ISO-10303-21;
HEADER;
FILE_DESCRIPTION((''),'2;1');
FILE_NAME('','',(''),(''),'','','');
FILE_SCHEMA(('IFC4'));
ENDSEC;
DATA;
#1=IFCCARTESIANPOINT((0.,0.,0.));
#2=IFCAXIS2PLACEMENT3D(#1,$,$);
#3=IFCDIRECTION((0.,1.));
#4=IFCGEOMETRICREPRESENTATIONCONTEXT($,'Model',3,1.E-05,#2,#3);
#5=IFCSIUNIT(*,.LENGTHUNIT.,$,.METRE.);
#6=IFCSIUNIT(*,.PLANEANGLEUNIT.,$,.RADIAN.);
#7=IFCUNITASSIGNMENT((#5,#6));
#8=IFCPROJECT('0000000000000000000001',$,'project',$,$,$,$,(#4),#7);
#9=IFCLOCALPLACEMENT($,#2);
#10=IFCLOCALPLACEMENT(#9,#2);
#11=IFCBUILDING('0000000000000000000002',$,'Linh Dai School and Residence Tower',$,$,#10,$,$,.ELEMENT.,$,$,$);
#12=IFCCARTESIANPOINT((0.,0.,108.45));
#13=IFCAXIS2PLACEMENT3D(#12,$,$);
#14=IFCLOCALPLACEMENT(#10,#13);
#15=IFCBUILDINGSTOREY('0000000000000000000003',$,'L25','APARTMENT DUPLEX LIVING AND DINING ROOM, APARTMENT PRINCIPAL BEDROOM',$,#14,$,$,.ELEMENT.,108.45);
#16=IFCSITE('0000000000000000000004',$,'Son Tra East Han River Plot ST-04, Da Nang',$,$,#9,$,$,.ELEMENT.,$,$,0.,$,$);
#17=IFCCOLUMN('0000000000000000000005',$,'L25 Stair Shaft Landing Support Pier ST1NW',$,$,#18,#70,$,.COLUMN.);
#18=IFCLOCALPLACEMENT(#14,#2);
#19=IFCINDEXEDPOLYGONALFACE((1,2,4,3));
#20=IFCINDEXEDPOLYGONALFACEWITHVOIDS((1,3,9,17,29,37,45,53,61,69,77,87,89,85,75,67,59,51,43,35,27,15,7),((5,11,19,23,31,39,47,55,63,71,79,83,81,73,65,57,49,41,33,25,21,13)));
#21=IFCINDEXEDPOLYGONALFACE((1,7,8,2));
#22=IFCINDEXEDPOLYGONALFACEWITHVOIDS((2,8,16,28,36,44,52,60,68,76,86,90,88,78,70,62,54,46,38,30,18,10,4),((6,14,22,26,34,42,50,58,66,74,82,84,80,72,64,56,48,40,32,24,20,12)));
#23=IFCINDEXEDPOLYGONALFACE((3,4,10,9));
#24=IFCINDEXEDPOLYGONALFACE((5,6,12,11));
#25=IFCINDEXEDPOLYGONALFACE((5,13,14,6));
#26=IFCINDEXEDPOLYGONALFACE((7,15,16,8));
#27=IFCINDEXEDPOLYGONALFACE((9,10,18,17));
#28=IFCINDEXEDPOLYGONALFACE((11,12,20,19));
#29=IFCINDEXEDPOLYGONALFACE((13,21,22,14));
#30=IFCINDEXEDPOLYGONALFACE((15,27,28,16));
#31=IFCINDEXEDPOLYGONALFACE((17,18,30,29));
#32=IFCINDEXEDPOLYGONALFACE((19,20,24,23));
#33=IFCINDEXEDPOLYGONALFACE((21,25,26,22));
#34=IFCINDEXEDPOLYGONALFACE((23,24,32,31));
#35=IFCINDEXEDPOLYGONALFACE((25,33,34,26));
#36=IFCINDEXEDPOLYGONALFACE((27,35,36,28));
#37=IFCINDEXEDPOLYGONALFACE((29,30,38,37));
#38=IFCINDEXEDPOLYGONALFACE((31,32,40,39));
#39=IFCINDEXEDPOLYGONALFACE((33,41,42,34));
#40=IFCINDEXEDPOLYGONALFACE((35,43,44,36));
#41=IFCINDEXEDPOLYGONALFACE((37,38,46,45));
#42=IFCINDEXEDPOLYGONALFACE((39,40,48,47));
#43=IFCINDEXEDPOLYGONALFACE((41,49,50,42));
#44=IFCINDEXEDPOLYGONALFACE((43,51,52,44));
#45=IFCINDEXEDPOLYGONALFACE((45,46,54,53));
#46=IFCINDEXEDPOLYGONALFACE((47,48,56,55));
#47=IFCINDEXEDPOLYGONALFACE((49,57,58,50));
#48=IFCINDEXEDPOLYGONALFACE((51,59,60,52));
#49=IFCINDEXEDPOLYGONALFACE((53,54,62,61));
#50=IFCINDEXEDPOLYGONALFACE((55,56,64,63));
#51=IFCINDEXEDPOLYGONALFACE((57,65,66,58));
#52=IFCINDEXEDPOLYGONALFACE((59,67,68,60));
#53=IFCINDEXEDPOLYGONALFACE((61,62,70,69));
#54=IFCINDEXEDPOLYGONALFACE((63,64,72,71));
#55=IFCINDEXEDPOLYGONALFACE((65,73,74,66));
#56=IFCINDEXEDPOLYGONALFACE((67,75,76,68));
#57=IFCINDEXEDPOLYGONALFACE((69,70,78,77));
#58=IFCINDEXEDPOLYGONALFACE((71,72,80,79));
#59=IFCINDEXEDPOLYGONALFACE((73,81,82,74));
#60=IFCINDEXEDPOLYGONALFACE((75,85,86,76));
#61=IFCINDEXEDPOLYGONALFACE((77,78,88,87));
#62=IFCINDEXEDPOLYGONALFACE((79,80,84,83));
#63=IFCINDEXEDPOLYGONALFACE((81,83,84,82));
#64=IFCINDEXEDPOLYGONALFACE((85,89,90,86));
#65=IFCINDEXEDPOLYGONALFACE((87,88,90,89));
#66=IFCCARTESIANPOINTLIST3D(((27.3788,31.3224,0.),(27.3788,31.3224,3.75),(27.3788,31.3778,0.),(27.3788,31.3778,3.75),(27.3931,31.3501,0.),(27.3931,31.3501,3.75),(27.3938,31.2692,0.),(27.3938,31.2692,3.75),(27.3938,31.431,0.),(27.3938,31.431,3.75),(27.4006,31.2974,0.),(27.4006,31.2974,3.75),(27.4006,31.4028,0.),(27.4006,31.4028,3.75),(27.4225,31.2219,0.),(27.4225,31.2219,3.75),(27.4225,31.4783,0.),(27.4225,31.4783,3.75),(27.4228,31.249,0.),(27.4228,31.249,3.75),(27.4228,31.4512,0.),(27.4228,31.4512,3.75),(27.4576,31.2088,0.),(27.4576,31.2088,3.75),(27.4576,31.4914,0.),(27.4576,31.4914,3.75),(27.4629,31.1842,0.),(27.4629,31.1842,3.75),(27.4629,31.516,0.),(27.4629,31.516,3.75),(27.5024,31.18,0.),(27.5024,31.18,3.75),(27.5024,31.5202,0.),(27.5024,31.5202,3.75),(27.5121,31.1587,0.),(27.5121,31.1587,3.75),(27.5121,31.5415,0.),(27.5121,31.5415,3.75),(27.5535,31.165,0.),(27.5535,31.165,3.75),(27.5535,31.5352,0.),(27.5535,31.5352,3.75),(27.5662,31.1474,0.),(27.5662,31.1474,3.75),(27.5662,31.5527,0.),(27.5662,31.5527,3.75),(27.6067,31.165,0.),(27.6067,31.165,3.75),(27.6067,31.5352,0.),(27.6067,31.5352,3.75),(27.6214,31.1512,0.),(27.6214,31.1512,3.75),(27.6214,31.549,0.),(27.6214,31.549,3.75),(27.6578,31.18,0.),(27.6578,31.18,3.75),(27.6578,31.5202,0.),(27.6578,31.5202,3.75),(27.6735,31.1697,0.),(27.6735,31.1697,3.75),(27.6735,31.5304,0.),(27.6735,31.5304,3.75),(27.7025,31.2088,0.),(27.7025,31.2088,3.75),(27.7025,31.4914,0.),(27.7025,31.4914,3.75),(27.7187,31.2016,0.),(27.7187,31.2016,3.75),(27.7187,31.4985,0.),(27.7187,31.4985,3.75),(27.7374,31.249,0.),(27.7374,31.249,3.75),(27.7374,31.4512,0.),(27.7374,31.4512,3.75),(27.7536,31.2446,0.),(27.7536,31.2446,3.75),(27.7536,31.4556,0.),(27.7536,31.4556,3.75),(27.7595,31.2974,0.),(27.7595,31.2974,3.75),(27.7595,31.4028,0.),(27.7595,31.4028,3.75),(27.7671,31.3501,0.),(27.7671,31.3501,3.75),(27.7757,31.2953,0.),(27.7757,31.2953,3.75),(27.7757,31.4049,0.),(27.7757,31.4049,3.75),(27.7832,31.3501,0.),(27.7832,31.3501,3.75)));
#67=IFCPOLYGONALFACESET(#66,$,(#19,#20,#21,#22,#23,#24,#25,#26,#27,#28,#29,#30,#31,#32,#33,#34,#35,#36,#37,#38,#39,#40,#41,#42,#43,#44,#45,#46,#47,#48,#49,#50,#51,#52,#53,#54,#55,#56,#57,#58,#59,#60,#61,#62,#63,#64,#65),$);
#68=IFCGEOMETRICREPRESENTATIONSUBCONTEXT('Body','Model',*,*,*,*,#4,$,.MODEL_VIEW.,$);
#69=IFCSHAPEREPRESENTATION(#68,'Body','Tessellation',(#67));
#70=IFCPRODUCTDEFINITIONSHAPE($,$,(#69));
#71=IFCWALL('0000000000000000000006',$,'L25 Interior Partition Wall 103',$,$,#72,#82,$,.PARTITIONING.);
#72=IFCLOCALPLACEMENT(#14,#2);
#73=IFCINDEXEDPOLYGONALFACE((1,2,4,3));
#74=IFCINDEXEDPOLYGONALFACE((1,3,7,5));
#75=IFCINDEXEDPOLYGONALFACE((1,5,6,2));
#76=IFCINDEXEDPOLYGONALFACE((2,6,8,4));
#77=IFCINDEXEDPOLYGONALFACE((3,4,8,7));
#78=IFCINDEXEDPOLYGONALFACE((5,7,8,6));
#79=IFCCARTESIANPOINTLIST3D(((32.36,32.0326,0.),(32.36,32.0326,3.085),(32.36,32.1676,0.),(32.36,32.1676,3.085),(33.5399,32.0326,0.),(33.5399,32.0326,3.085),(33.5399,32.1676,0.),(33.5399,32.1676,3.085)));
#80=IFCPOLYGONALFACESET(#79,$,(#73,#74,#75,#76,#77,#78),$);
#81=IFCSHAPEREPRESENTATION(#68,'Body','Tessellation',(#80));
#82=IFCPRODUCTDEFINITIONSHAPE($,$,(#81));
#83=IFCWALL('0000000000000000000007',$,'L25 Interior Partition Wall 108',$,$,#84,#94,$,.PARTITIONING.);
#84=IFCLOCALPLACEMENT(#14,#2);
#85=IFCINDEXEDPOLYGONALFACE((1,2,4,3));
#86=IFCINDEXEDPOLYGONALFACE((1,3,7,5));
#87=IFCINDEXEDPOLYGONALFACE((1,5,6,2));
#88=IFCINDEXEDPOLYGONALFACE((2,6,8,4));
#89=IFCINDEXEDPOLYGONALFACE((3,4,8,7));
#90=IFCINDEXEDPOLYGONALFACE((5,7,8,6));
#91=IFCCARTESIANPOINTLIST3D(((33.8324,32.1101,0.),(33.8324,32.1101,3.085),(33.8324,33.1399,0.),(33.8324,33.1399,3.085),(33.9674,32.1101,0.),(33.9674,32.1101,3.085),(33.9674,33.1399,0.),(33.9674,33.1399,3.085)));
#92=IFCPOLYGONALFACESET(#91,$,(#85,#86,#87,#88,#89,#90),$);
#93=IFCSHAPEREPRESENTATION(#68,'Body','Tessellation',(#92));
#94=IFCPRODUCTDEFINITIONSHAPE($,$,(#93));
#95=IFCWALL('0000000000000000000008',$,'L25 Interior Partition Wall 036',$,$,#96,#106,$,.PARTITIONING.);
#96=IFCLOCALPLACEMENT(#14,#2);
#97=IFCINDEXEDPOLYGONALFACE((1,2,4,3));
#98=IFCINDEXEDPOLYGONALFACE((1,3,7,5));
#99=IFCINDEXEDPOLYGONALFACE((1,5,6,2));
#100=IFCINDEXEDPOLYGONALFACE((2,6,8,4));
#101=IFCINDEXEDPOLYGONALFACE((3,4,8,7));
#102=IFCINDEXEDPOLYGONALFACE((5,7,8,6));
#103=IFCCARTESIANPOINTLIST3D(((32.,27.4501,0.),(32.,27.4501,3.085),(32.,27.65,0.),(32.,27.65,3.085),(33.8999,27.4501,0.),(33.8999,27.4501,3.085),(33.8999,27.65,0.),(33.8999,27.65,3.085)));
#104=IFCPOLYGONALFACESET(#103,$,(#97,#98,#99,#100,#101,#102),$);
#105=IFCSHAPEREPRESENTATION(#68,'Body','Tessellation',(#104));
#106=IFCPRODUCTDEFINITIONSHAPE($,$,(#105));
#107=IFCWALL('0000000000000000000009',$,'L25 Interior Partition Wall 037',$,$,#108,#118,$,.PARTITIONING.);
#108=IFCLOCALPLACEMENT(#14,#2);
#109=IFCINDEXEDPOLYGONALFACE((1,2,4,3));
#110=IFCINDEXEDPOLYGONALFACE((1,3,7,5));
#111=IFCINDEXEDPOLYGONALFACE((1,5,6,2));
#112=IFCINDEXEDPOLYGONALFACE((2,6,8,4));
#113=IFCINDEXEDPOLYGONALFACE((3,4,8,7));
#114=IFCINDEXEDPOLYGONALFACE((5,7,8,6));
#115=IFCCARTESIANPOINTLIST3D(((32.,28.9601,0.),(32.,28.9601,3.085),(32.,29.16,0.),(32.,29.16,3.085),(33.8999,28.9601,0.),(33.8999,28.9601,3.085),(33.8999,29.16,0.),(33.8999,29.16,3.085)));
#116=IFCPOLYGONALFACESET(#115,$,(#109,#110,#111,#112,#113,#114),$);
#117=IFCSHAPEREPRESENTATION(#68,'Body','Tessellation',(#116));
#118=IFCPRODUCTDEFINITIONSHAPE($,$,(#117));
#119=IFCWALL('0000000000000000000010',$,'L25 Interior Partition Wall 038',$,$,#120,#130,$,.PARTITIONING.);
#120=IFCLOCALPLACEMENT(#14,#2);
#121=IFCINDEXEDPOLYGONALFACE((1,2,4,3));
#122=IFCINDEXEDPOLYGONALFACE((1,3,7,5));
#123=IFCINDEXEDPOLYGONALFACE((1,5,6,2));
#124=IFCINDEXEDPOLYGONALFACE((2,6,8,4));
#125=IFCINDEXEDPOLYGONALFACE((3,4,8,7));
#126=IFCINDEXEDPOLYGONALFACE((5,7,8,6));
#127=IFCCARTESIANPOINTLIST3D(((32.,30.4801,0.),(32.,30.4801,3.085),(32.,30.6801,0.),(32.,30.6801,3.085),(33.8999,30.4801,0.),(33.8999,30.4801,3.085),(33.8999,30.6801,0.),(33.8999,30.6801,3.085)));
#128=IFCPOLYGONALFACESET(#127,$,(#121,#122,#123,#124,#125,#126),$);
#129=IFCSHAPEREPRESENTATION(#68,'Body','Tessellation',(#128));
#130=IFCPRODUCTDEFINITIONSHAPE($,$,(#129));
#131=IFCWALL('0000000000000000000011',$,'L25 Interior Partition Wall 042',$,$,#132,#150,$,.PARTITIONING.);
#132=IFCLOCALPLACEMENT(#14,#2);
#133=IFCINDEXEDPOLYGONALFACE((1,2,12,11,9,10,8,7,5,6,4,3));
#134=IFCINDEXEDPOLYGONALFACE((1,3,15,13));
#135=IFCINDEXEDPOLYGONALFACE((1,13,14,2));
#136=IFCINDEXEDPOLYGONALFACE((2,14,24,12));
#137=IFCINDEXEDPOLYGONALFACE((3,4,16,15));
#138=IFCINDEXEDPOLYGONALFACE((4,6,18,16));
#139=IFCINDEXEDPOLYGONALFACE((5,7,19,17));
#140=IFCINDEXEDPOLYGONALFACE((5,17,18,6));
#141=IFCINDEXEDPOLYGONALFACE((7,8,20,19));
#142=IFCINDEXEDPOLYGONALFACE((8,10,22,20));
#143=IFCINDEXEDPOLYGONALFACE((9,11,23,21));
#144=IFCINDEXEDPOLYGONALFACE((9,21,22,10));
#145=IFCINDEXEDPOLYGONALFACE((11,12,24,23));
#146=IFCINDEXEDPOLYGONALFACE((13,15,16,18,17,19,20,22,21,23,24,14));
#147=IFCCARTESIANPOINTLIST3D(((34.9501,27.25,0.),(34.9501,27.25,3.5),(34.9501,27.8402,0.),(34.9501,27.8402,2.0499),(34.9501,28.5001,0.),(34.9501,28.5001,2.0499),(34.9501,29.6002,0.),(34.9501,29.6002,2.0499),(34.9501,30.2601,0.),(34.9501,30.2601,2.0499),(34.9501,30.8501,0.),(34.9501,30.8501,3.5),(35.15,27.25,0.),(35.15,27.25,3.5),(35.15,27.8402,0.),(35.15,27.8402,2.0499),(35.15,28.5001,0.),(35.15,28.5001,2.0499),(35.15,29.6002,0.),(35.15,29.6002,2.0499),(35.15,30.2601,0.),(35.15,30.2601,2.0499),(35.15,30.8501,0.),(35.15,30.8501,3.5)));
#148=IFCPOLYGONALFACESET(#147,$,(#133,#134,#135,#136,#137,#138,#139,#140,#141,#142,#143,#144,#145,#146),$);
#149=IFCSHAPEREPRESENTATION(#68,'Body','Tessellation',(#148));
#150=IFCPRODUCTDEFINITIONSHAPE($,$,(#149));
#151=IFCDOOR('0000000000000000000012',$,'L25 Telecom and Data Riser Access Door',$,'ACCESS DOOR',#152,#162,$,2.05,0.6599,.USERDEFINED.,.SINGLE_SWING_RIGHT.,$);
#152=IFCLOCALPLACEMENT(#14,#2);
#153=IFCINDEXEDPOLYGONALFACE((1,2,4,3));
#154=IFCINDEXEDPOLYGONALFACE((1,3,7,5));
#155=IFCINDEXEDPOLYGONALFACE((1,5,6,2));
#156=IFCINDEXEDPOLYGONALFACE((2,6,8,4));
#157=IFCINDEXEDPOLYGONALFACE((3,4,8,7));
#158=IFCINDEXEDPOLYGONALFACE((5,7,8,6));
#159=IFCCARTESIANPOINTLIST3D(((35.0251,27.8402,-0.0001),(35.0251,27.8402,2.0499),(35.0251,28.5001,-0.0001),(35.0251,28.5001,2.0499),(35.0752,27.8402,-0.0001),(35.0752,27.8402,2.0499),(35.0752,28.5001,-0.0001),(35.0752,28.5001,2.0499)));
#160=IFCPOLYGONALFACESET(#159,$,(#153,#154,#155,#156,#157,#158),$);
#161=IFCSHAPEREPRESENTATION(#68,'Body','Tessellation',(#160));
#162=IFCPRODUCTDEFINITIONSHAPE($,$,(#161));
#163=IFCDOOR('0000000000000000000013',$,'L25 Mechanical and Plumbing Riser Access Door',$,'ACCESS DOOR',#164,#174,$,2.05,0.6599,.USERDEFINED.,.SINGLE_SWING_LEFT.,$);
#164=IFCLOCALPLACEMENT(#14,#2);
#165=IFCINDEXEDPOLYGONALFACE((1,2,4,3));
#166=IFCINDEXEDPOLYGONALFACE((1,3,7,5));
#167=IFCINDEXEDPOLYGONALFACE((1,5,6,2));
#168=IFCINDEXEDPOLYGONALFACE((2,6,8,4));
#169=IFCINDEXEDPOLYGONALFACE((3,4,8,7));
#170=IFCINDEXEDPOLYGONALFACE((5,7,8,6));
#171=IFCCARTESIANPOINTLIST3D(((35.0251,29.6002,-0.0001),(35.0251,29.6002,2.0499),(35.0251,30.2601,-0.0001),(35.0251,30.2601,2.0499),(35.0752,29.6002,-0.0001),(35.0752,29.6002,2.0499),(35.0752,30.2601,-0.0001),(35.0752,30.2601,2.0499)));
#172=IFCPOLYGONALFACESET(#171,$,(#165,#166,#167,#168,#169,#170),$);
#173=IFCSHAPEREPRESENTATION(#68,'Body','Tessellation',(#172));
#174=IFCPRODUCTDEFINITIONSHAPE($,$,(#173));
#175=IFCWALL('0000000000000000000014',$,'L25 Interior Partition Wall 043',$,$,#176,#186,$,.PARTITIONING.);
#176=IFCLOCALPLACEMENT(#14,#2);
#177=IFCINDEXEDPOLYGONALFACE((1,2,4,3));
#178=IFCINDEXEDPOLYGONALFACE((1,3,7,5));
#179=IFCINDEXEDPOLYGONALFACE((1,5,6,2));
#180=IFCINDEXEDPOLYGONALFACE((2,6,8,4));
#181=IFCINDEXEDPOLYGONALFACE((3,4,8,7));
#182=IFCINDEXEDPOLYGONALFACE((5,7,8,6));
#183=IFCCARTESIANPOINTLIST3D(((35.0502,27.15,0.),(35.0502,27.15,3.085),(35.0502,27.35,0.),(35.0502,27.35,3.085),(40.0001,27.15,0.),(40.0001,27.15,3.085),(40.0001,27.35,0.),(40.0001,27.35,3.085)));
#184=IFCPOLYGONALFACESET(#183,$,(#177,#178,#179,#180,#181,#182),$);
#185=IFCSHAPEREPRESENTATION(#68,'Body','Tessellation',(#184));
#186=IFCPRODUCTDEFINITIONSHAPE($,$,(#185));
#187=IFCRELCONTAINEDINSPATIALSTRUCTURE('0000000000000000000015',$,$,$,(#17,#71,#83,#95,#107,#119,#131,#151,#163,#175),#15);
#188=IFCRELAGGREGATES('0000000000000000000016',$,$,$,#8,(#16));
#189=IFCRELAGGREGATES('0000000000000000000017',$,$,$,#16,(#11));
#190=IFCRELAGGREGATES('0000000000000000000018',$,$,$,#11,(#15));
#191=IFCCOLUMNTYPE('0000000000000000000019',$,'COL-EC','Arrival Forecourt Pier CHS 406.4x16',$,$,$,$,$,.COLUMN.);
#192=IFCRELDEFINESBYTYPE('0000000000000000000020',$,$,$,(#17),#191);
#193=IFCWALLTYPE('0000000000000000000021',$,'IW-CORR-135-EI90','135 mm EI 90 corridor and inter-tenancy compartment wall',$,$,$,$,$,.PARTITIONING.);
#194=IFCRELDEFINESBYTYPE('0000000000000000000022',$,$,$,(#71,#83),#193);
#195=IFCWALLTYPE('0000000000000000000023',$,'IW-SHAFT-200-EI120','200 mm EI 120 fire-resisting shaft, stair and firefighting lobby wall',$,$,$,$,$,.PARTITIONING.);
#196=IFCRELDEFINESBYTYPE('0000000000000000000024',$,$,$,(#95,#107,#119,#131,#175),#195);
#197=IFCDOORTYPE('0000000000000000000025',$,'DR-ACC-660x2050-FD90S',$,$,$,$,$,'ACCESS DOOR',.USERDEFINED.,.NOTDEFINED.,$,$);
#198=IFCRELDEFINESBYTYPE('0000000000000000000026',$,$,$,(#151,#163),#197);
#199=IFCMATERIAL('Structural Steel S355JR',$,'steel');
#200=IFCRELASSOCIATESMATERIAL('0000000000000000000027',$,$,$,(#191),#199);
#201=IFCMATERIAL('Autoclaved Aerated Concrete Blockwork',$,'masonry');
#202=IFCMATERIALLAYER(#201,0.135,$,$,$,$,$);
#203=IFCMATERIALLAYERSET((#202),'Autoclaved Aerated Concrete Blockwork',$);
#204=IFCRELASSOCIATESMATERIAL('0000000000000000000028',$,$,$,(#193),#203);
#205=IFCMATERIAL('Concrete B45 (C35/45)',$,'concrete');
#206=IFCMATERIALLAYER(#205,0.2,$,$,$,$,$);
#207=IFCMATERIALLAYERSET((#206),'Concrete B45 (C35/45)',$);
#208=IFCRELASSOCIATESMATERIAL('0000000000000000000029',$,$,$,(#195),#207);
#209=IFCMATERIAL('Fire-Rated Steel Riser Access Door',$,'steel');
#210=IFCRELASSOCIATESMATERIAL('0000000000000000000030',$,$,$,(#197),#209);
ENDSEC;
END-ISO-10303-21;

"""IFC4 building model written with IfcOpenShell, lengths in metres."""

from ifc_helpers import new_model, si_unit, direction, frame, frame_2d, origin, origin_2d, place, context, subcontext, project, spatial, rectangle, hollow_circle, extrude, source, transform, mapped, material, layer, layer_set, material_profile, profile_set, type_object, element, fill, save


model = new_model("IFC4")

# Units and contexts
model_context = context("Model", 3, precision=1e-05, world=origin(), true_north=direction((0.0, 1.0)))
body_context = subcontext(model_context, "Body", "Model", "MODEL_VIEW")
ifc_project = project(units=[si_unit("LENGTHUNIT", "METRE"), si_unit("PLANEANGLEUNIT", "RADIAN")], contexts=[model_context])

# Site, building, storey
site_placement = place(None, origin())
site = spatial("IfcSite", under=ifc_project, at=site_placement, Name="Son Tra East Han River Plot ST-04, Da Nang", CompositionType="ELEMENT", RefElevation=0.0)
building_placement = place(site_placement, origin())
building = spatial("IfcBuilding", under=site, at=building_placement, Name="Linh Dai School and Residence Tower", CompositionType="ELEMENT")
storey_placement = place(building_placement, frame((0.0, 0.0, 108.45)))
storey = spatial("IfcBuildingStorey", under=building, at=storey_placement, Name="L25", Description="APARTMENT DUPLEX LIVING AND DINING ROOM, APARTMENT PRINCIPAL BEDROOM", CompositionType="ELEMENT", Elevation=108.45)

# Column
ifc_material_1 = material(Name="Structural Steel S355JR", Category="steel")
ifc_material_profile = material_profile(ifc_material_1, hollow_circle(Radius=0.2031, WallThickness=0.0161, at=origin_2d()), Name="CHS 406.4x16")
ifc_profile_set = profile_set([ifc_material_profile], Name="Structural Steel S355JR")
column_type = type_object("IfcColumnType", Name="COL-EC", Description="Arrival Forecourt Pier CHS 406.4x16", PredefinedType="COLUMN", material=ifc_profile_set)
column_placement = place(storey_placement, frame((27.5801, 31.3501, 0.0), z_axis=(0.0, 0.0, 1.0), x_axis=(1.0, 0.0, 0.0)))
element("IfcColumn", 1, at=column_placement, inside=storey, type_object=column_type, Name="L25 Stair Shaft Landing Support Pier ST1NW", PredefinedType="COLUMN", context=body_context, shape_type="SweptSolid", body=[
    extrude(hollow_circle(Radius=0.2031, WallThickness=0.0161, at=origin_2d()), origin(), (0.0, 0.0, 1.0), 3.75),
])

# Walls
ifc_material_2 = material(Name="Autoclaved Aerated Concrete Blockwork", Category="masonry")
ifc_layer_1 = layer(ifc_material_2, 0.135)
ifc_layer_set_1 = layer_set([ifc_layer_1], Name="Autoclaved Aerated Concrete Blockwork")
wall_type_1 = type_object("IfcWallType", Name="IW-CORR-135-EI90", Description="135 mm EI 90 corridor and inter-tenancy compartment wall", PredefinedType="PARTITIONING", material=ifc_layer_set_1)
wall_1_placement = place(storey_placement, frame((32.3601, 32.1001, 0.0), z_axis=(0.0, 0.0, 1.0), x_axis=(1.0, 0.0, 0.0)))
element("IfcWall", 2, at=wall_1_placement, inside=storey, type_object=wall_type_1, Name="L25 Interior Partition Wall 103", PredefinedType="PARTITIONING", context=body_context, shape_type="SweptSolid", body=[
    extrude(rectangle(XDim=1.1799, YDim=0.135, at=frame_2d((0.5898, 0.0))), origin(), (0.0, 0.0, 1.0), 3.085),
])
wall_2_placement = place(storey_placement, frame((33.8999, 32.1101, 0.0), z_axis=(0.0, 0.0, 1.0), x_axis=(0.0, 1.0, 0.0)))
element("IfcWall", 3, at=wall_2_placement, inside=storey, type_object=wall_type_1, Name="L25 Interior Partition Wall 108", PredefinedType="PARTITIONING", context=body_context, shape_type="SweptSolid", body=[
    extrude(rectangle(XDim=1.0298, YDim=0.135, at=frame_2d((0.5149, 0.0))), origin(), (0.0, 0.0, 1.0), 3.085),
])
ifc_material_3 = material(Name="Concrete B45 (C35/45)", Category="concrete")
ifc_layer_2 = layer(ifc_material_3, 0.2)
ifc_layer_set_2 = layer_set([ifc_layer_2], Name="Concrete B45 (C35/45)")
wall_type_2 = type_object("IfcWallType", Name="IW-SHAFT-200-EI120", Description="200 mm EI 120 fire-resisting shaft, stair and firefighting lobby wall", PredefinedType="PARTITIONING", material=ifc_layer_set_2)
for number, where, z_axis, x_axis, name in (
    (4, (32.0, 27.55, 0.0), (0.0, 0.0, 1.0), (1.0, 0.0, 0.0), "L25 Interior Partition Wall 036"),
    (5, (32.0, 29.0601, 0.0), (0.0, 0.0, 1.0), (1.0, 0.0, 0.0), "L25 Interior Partition Wall 037"),
    (6, (32.0, 30.5801, 0.0), (0.0, 0.0, 1.0), (1.0, 0.0, 0.0), "L25 Interior Partition Wall 038"),
):
    element("IfcWall", number, at=place(storey_placement, frame(where, z_axis=z_axis, x_axis=x_axis)), inside=storey, type_object=wall_type_2, Name=name, PredefinedType="PARTITIONING", context=body_context, shape_type="SweptSolid", body=[
        extrude(rectangle(XDim=1.8999, YDim=0.2, at=frame_2d((0.95, 0.0))), origin(), (0.0, 0.0, 1.0), 3.085),
    ])

# Wall, openings, doors
wall_3_placement = place(storey_placement, frame((35.05, 27.25, 0.0), z_axis=(0.0, 0.0, 1.0), x_axis=(0.0, 1.0, 0.0)))
wall_3 = element("IfcWall", 7, at=wall_3_placement, inside=storey, type_object=wall_type_2, Name="L25 Interior Partition Wall 042", PredefinedType="PARTITIONING", context=body_context, shape_type="SweptSolid", body=[
    extrude(rectangle(XDim=3.6001, YDim=0.2, at=frame_2d((1.8, 0.0))), origin(), (0.0, 0.0, 1.0), 3.5),
])
opening_1_placement = place(wall_3_placement, frame((0.5901, 0.0, 0.0)))
opening_1 = element("IfcOpeningElement", 8, at=opening_1_placement, cuts=wall_3, PredefinedType="OPENING", context=body_context, shape_type="SweptSolid", body=[
    extrude(rectangle(XDim=0.6599, YDim=2.05, at=origin_2d()), frame((0.3301, 0.1099, 1.0249), z_axis=(0.0, -1.0, 0.0), x_axis=(1.0, 0.0, 0.0)), (0.0, 0.0, 1.0), 0.22),
])
opening_2_placement = place(wall_3_placement, frame((2.3501, 0.0, 0.0)))
opening_2 = element("IfcOpeningElement", 9, at=opening_2_placement, cuts=wall_3, PredefinedType="OPENING", context=body_context, shape_type="SweptSolid", body=[
    extrude(rectangle(XDim=0.6599, YDim=2.05, at=origin_2d()), frame((0.3301, 0.1099, 1.0249), z_axis=(0.0, -1.0, 0.0), x_axis=(1.0, 0.0, 0.0)), (0.0, 0.0, 1.0), 0.22),
])
ifc_material_4 = material(Name="Fire-Rated Steel Riser Access Door", Category="steel")
door_type_1 = type_object("IfcDoorType", Name="DR-ACC-660x2050-FD90S", ElementType="ACCESS DOOR", OperationType="NOTDEFINED", PredefinedType="USERDEFINED", material=ifc_material_4)
shared_shape_1 = source(origin(), body_context, "Body", "SweptSolid", [
    extrude(rectangle(XDim=0.6599, YDim=2.05, at=origin_2d()), frame((0.3301, 0.0249, 1.0249), z_axis=(0.0, -1.0, 0.0), x_axis=(1.0, 0.0, 0.0)), (0.0, 0.0, 1.0), 0.05),
])
door_1_placement = place(opening_1_placement, origin())
door_1 = element("IfcDoor", 10, at=door_1_placement, inside=storey, type_object=door_type_1, Name="L25 Telecom and Data Riser Access Door", ObjectType="ACCESS DOOR", OperationType="SINGLE_SWING_RIGHT", OverallHeight=2.05, OverallWidth=0.6599, PredefinedType="USERDEFINED", context=body_context, shape_type="MappedRepresentation", body=[
    mapped(shared_shape_1, transform((0.0, 0.0, 0.0), x_axis=(1.0, 0.0, 0.0), y_axis=(0.0, 1.0, 0.0), z_axis=(0.0, 0.0, 1.0), scale=1.0)),
])
fill(opening_1, door_1)
door_2_placement = place(opening_2_placement, origin())
door_2 = element("IfcDoor", 11, at=door_2_placement, inside=storey, type_object=door_type_1, Name="L25 Mechanical and Plumbing Riser Access Door", ObjectType="ACCESS DOOR", OperationType="SINGLE_SWING_LEFT", OverallHeight=2.05, OverallWidth=0.6599, PredefinedType="USERDEFINED", context=body_context, shape_type="MappedRepresentation", body=[
    mapped(shared_shape_1, transform((0.0, 0.0, 0.0), x_axis=(1.0, 0.0, 0.0), y_axis=(0.0, 1.0, 0.0), z_axis=(0.0, 0.0, 1.0), scale=1.0)),
])
fill(opening_2, door_2)

# Wall
wall_4_placement = place(storey_placement, frame((35.05, 27.25, 0.0), z_axis=(0.0, 0.0, 1.0), x_axis=(1.0, 0.0, 0.0)))
element("IfcWall", 12, at=wall_4_placement, inside=storey, type_object=wall_type_2, Name="L25 Interior Partition Wall 043", PredefinedType="PARTITIONING", context=body_context, shape_type="SweptSolid", body=[
    extrude(rectangle(XDim=4.95, YDim=0.2, at=frame_2d((2.4751, 0.0))), origin(), (0.0, 0.0, 1.0), 3.085),
])

save(model, "model.ifc")
